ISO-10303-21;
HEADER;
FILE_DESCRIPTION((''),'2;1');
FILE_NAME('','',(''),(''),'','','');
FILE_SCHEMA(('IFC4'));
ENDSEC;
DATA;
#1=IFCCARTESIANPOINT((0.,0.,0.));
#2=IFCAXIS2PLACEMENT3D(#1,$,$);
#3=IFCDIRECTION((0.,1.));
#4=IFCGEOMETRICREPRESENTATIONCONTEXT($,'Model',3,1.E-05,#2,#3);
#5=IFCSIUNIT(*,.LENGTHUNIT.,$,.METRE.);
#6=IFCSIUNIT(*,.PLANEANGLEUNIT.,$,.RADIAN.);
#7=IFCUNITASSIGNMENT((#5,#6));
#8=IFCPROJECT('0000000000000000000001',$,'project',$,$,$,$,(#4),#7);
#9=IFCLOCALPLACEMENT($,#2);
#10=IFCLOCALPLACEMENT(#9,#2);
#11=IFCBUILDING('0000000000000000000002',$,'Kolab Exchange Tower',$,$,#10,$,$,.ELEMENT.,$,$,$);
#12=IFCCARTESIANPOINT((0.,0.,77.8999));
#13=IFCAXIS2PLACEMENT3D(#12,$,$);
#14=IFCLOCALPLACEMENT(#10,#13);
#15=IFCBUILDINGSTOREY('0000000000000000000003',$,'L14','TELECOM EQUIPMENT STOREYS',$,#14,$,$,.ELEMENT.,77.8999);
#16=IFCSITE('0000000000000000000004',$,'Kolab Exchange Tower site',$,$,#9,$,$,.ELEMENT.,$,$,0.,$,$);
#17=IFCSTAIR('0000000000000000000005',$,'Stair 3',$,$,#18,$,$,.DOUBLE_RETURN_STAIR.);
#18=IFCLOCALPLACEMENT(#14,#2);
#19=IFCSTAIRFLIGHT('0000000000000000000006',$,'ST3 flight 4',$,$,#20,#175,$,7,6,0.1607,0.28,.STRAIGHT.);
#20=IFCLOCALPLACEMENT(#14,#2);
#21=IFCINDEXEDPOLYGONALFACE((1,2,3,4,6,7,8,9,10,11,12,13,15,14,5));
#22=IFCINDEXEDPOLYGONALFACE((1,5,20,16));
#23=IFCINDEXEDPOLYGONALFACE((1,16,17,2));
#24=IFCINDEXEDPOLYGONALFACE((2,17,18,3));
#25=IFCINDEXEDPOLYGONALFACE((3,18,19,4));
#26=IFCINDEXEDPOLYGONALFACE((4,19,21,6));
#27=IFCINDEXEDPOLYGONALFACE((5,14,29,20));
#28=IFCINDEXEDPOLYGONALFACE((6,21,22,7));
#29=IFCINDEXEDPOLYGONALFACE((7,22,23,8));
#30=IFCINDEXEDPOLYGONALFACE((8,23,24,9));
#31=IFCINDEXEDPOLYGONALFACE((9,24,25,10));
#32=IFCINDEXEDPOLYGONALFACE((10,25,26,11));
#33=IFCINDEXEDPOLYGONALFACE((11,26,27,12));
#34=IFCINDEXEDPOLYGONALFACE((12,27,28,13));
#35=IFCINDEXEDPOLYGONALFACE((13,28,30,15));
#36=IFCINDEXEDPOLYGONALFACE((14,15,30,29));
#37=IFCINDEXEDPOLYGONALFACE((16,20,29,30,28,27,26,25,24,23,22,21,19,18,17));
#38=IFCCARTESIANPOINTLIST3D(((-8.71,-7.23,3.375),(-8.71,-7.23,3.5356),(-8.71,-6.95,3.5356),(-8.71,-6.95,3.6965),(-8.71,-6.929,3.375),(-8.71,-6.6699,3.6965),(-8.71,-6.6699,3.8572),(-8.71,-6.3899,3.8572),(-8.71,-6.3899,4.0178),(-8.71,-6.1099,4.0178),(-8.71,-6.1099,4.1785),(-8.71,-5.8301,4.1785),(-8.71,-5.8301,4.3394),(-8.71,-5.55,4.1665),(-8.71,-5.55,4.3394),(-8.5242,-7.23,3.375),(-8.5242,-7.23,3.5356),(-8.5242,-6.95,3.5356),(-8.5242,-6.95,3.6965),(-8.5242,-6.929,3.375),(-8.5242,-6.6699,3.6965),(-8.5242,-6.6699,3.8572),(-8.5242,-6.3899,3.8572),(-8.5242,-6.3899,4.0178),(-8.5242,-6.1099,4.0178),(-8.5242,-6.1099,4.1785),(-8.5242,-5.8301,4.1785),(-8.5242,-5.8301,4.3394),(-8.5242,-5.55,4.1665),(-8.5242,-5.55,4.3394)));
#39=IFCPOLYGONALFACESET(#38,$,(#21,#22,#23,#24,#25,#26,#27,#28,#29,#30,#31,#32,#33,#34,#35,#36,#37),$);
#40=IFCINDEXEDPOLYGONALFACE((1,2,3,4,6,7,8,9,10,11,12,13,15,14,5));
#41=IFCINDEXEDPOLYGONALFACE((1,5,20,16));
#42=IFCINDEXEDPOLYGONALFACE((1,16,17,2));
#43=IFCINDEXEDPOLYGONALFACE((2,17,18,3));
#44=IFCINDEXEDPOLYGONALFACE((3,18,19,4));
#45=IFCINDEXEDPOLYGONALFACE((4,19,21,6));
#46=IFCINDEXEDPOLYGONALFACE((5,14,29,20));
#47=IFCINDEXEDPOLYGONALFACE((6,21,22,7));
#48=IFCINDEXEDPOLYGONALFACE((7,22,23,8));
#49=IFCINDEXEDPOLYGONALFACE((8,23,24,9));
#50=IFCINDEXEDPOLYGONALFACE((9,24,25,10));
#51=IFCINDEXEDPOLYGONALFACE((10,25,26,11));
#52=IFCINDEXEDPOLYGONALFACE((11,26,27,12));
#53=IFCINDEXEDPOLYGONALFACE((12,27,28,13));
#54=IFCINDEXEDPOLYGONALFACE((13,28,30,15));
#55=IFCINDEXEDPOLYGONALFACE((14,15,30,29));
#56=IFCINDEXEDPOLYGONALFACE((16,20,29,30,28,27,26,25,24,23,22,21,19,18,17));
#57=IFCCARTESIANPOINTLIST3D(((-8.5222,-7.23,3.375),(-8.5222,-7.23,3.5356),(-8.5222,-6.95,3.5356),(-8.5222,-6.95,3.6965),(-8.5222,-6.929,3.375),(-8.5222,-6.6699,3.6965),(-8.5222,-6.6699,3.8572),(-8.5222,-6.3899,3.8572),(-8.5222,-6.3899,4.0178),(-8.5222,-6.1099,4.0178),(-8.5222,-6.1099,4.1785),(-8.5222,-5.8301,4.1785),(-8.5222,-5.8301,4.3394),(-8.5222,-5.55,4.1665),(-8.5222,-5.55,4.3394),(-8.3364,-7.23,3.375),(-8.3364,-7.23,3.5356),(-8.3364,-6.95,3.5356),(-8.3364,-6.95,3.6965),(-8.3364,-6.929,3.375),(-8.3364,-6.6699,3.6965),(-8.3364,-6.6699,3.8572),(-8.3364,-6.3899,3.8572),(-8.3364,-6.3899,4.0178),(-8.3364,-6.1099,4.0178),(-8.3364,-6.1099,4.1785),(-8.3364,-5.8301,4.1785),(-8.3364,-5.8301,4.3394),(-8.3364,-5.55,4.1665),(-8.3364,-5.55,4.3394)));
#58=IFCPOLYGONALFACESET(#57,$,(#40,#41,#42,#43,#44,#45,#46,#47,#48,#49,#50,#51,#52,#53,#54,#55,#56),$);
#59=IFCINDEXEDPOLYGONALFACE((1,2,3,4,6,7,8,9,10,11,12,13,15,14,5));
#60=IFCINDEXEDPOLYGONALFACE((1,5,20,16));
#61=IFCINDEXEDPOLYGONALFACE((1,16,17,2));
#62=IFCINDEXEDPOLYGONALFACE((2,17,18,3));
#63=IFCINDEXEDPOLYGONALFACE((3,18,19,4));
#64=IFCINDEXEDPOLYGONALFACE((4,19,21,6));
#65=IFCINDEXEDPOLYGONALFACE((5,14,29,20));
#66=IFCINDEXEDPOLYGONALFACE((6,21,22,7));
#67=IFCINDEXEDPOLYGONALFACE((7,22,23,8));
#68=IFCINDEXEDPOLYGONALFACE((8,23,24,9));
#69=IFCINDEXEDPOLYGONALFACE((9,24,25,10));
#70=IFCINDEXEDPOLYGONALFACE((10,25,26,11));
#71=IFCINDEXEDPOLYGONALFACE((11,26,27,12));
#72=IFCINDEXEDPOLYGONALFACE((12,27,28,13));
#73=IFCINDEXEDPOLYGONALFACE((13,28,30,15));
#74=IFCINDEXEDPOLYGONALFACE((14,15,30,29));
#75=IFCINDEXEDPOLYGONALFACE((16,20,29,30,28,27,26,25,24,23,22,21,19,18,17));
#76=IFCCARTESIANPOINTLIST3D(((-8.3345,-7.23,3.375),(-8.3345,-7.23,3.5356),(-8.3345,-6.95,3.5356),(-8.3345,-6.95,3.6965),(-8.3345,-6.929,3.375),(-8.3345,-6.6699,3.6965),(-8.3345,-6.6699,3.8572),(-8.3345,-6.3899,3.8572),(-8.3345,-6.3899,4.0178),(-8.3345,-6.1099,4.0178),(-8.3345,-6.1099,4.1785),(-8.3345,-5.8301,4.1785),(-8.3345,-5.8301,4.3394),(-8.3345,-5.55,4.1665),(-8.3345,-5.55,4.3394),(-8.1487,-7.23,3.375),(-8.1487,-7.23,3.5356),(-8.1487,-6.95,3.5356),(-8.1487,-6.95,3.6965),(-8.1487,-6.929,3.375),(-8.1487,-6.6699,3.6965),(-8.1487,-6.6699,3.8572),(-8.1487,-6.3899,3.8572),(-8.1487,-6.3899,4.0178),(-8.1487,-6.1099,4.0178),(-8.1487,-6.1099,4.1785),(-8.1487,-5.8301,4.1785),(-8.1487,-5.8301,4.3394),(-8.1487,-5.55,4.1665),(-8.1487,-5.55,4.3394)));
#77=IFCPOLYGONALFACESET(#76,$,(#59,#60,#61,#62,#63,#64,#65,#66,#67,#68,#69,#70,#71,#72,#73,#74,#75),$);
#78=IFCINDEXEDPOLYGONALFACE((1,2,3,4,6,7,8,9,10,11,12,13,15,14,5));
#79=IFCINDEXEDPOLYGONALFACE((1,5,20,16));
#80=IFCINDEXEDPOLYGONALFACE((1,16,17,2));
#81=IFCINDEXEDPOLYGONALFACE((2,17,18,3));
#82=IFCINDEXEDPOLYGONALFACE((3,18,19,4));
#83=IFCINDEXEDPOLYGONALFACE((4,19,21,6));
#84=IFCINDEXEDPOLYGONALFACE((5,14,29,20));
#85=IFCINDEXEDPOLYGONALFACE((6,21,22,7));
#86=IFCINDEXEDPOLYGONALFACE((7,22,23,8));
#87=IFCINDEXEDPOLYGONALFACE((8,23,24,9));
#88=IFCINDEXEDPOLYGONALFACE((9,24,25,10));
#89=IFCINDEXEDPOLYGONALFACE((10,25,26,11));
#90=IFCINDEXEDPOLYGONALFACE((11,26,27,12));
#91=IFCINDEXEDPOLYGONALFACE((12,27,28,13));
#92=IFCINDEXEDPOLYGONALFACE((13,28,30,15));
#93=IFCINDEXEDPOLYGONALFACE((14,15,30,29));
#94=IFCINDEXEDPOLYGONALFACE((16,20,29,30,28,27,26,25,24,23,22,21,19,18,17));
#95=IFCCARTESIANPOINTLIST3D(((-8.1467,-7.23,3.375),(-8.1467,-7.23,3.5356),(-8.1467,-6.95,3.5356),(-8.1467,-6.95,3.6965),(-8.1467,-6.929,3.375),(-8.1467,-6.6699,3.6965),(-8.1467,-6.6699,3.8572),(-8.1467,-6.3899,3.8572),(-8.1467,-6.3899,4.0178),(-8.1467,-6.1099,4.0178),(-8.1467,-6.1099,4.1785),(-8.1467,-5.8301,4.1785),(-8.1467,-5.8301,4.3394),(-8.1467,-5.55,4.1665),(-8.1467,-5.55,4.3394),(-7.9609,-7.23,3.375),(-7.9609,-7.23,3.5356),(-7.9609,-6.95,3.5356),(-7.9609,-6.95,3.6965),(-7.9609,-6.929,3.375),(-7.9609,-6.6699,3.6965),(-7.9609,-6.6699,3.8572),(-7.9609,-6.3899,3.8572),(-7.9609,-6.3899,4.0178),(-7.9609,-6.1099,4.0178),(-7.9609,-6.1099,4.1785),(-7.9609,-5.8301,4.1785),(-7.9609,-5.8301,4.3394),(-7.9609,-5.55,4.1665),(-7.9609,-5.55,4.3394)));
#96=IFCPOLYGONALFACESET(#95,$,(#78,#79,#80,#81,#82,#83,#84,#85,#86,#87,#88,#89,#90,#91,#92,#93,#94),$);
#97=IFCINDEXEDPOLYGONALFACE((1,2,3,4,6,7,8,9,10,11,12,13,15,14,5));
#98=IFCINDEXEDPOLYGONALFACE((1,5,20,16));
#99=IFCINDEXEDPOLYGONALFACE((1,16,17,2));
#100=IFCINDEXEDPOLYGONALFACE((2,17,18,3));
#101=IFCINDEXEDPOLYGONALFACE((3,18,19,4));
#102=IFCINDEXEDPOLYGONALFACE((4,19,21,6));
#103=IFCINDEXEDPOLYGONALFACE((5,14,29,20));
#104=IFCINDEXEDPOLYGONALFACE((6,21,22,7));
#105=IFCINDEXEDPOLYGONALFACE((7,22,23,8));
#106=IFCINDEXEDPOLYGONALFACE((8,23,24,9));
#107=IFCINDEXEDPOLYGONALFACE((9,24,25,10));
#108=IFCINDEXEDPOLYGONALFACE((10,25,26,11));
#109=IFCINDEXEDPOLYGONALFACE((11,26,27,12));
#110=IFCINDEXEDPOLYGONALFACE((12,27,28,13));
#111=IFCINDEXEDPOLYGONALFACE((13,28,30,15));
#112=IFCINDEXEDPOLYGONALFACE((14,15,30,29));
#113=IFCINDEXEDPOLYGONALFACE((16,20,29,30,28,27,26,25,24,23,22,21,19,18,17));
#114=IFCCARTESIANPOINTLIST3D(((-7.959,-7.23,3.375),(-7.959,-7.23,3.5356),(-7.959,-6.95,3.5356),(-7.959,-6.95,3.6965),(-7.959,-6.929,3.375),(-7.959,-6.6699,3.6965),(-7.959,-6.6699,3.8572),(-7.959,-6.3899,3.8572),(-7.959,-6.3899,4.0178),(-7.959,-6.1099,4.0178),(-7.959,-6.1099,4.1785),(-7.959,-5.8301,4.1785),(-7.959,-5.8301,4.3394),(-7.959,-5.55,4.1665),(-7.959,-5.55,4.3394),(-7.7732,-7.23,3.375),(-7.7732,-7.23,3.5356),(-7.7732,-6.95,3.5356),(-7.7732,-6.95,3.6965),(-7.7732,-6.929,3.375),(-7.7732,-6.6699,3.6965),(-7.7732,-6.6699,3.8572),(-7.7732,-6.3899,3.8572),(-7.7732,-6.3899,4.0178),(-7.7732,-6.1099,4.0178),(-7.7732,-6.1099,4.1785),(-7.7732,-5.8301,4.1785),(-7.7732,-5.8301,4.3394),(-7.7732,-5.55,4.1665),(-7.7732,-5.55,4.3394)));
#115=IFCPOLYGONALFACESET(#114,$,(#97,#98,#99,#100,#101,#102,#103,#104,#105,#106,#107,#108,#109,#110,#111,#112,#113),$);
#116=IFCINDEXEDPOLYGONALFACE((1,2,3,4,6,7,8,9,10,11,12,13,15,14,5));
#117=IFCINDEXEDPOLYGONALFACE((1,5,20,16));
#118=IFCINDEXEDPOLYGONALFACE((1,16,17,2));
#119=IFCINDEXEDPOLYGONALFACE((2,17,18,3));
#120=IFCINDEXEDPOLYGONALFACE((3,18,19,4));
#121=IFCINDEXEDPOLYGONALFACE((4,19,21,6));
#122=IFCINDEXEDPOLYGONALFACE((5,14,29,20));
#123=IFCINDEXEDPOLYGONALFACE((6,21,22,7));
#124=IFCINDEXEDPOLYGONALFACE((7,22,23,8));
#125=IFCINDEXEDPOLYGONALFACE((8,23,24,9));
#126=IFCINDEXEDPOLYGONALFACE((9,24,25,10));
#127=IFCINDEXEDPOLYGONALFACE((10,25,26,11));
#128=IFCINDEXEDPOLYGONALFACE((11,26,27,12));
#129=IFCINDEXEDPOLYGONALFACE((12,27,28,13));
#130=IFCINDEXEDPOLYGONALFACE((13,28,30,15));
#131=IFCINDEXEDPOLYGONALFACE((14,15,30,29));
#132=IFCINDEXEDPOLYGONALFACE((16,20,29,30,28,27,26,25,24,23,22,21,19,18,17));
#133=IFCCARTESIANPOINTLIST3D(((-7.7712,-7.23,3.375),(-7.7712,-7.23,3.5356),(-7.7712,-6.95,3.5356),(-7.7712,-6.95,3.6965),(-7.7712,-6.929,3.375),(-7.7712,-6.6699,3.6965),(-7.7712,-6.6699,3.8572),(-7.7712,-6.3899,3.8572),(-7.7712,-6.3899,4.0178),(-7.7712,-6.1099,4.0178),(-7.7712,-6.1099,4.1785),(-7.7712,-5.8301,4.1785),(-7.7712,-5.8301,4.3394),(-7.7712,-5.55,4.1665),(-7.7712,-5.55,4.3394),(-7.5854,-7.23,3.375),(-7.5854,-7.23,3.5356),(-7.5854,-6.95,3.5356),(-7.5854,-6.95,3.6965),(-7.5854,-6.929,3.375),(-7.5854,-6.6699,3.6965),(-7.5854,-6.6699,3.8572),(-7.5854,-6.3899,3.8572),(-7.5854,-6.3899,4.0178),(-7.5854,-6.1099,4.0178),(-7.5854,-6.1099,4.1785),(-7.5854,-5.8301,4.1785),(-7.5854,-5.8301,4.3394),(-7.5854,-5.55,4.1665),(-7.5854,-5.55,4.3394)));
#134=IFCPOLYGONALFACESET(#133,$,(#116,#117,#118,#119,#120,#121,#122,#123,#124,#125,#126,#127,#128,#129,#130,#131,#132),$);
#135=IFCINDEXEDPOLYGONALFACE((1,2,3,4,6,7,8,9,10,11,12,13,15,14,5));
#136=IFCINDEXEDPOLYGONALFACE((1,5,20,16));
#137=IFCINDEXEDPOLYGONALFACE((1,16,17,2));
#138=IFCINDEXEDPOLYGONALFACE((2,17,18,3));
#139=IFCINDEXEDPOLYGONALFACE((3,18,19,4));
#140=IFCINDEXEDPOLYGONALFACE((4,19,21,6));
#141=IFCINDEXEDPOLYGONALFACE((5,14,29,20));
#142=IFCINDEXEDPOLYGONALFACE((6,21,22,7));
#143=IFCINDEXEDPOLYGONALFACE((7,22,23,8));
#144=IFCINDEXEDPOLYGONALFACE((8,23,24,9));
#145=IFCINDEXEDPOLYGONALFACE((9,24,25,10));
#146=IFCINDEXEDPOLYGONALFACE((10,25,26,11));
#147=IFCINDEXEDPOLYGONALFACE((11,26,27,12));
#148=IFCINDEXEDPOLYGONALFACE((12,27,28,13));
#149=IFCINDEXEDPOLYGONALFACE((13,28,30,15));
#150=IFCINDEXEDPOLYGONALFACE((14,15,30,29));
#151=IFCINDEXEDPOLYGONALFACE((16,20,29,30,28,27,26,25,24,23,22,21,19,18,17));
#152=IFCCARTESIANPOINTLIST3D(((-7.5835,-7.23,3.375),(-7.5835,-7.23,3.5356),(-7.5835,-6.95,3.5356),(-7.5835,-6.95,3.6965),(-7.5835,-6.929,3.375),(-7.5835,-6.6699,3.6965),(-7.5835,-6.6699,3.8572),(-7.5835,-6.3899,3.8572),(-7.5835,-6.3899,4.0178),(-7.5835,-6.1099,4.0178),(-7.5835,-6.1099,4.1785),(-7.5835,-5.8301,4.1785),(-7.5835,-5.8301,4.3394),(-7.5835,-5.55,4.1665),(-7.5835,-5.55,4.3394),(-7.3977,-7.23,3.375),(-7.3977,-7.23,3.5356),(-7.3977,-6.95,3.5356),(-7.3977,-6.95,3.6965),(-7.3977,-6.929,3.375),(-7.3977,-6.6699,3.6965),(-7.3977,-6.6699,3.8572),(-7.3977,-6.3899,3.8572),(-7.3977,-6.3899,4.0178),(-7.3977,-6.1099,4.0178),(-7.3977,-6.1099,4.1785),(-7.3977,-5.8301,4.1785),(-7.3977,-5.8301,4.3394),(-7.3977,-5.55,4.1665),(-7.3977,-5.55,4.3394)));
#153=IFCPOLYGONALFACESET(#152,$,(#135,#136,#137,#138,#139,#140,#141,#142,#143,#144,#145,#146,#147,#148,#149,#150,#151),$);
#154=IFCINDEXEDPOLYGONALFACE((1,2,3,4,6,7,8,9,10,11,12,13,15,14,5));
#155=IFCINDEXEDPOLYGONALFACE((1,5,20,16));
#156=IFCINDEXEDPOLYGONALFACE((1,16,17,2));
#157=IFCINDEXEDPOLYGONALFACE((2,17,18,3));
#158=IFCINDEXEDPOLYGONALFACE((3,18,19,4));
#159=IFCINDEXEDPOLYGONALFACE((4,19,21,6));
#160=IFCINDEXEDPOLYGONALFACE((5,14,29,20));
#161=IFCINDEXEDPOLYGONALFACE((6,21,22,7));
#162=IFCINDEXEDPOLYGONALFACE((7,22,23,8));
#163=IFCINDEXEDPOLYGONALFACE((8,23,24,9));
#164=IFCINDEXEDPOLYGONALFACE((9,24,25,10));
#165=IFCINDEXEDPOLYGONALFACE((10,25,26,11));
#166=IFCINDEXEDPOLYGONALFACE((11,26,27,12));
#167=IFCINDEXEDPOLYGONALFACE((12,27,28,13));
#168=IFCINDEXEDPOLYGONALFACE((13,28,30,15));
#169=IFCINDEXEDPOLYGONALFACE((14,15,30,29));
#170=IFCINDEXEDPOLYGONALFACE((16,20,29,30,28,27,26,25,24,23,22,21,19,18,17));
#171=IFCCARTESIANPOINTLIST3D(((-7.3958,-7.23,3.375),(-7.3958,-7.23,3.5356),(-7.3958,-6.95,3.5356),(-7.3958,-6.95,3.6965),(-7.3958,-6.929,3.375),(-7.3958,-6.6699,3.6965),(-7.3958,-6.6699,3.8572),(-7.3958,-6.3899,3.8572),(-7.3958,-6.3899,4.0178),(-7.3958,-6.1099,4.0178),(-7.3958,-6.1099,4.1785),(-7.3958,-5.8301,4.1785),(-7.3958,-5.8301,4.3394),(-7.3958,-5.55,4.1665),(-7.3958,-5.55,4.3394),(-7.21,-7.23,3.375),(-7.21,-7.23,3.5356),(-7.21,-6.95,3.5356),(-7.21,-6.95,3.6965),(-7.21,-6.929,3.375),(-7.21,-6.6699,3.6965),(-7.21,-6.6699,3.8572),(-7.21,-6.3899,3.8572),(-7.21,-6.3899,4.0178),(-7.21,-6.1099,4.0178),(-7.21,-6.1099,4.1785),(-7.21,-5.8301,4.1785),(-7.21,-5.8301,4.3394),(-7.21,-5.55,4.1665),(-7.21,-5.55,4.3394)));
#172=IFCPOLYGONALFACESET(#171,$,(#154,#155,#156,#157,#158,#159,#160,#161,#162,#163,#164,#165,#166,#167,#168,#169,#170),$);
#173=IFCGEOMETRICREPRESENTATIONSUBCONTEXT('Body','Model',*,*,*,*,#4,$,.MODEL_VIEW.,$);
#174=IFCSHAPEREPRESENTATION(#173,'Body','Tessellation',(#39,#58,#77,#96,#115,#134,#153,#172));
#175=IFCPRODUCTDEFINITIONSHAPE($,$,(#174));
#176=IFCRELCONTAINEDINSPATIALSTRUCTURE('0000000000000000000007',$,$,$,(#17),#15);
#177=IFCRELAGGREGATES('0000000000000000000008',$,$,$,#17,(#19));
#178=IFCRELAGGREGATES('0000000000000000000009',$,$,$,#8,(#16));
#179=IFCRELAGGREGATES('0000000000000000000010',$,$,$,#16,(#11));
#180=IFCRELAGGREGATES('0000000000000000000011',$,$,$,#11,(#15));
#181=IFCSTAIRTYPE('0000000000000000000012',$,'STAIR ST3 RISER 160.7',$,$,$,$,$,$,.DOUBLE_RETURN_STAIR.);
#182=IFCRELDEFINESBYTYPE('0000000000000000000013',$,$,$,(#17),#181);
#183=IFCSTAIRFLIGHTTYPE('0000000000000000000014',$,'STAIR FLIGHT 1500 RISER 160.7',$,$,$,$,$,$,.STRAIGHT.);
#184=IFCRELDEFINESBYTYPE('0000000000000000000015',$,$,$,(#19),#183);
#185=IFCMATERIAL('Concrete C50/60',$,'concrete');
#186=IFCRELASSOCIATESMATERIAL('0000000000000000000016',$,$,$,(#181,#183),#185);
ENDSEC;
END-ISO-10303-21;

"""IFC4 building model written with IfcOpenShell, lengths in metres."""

from ifc_helpers import new_model, si_unit, direction, frame, origin, place, context, subcontext, project, spatial, polyline, outline, extrude, material, type_object, element, aggregate, save


model = new_model("IFC4")

# Units and contexts
model_context = context("Model", 3, precision=1e-05, world=origin(), true_north=direction((0.0, 1.0)))
body_context = subcontext(model_context, "Body", "Model", "MODEL_VIEW")
ifc_project = project(units=[si_unit("LENGTHUNIT", "METRE"), si_unit("PLANEANGLEUNIT", "RADIAN")], contexts=[model_context])

# Site, building, storey
site_placement = place(None, origin())
site = spatial("IfcSite", under=ifc_project, at=site_placement, Name="Kolab Exchange Tower site", CompositionType="ELEMENT", RefElevation=0.0)
building_placement = place(site_placement, origin())
building = spatial("IfcBuilding", under=site, at=building_placement, Name="Kolab Exchange Tower", CompositionType="ELEMENT")
storey_placement = place(building_placement, frame((0.0, 0.0, 77.8999)))
storey = spatial("IfcBuildingStorey", under=building, at=storey_placement, Name="L14", Description="TELECOM EQUIPMENT STOREYS", CompositionType="ELEMENT", Elevation=77.8999)

# Shared definitions
ifc_material_1 = material(Name="Concrete C50/60", Category="concrete")

# Stair, stair flight
stair_type = type_object("IfcStairType", Name="STAIR ST3 RISER 160.7", PredefinedType="DOUBLE_RETURN_STAIR", material=ifc_material_1)
stair_placement = place(storey_placement, origin())
stair = element("IfcStair", 1, at=stair_placement, inside=storey, type_object=stair_type, Name="Stair 3", PredefinedType="DOUBLE_RETURN_STAIR")
stair_flight_type = type_object("IfcStairFlightType", Name="STAIR FLIGHT 1500 RISER 160.7", PredefinedType="STRAIGHT", material=ifc_material_1)
stair_flight_1_placement = place(storey_placement, frame((-7.96, -7.23, 3.375), z_axis=(0.0, 0.0, 1.0), x_axis=(0.0, 1.0, 0.0)))
stair_flight_1 = element("IfcStairFlight", 2, at=stair_flight_1_placement, type_object=stair_flight_type, Name="ST3 flight 4", NumberOfRisers=7, NumberOfTreads=6, PredefinedType="STRAIGHT", RiserHeight=0.1607, TreadLength=0.28, context=body_context, shape_type="SweptSolid", body=[
    extrude(outline(polyline([(0.0, 0.0), (0.0, 0.1606), (0.28, 0.1606), (0.28, 0.3215), (0.5601, 0.3215), (0.5601, 0.4822), (0.8401, 0.4822), (0.8401, 0.6428), (1.1201, 0.6428), (1.1201, 0.8035), (1.3999, 0.8035), (1.3999, 0.9644), (1.6799, 0.9644), (1.6799, 1.125), (1.6799, 0.7915), (0.301, 0.0), (0.0, 0.0)])), frame((0.0, 0.75, 0.0), z_axis=(0.0, -1.0, 0.0), x_axis=(1.0, 0.0, 0.0)), (0.0, 0.0, 1.0), 0.1858),
    extrude(outline(polyline([(0.0, 0.0), (0.0, 0.1606), (0.28, 0.1606), (0.28, 0.3215), (0.5601, 0.3215), (0.5601, 0.4822), (0.8401, 0.4822), (0.8401, 0.6428), (1.1201, 0.6428), (1.1201, 0.8035), (1.3999, 0.8035), (1.3999, 0.9644), (1.6799, 0.9644), (1.6799, 1.125), (1.6799, 0.7915), (0.301, 0.0), (0.0, 0.0)])), frame((0.0, 0.5623, 0.0), z_axis=(0.0, -1.0, 0.0), x_axis=(1.0, 0.0, 0.0)), (0.0, 0.0, 1.0), 0.1858),
    extrude(outline(polyline([(0.0, 0.0), (0.0, 0.1606), (0.28, 0.1606), (0.28, 0.3215), (0.5601, 0.3215), (0.5601, 0.4822), (0.8401, 0.4822), (0.8401, 0.6428), (1.1201, 0.6428), (1.1201, 0.8035), (1.3999, 0.8035), (1.3999, 0.9644), (1.6799, 0.9644), (1.6799, 1.125), (1.6799, 0.7915), (0.301, 0.0), (0.0, 0.0)])), frame((0.0, 0.3745, 0.0), z_axis=(0.0, -1.0, 0.0), x_axis=(1.0, 0.0, 0.0)), (0.0, 0.0, 1.0), 0.1858),
    extrude(outline(polyline([(0.0, 0.0), (0.0, 0.1606), (0.28, 0.1606), (0.28, 0.3215), (0.5601, 0.3215), (0.5601, 0.4822), (0.8401, 0.4822), (0.8401, 0.6428), (1.1201, 0.6428), (1.1201, 0.8035), (1.3999, 0.8035), (1.3999, 0.9644), (1.6799, 0.9644), (1.6799, 1.125), (1.6799, 0.7915), (0.301, 0.0), (0.0, 0.0)])), frame((0.0, 0.1868, 0.0), z_axis=(0.0, -1.0, 0.0), x_axis=(1.0, 0.0, 0.0)), (0.0, 0.0, 1.0), 0.1858),
    extrude(outline(polyline([(0.0, 0.0), (0.0, 0.1606), (0.28, 0.1606), (0.28, 0.3215), (0.5601, 0.3215), (0.5601, 0.4822), (0.8401, 0.4822), (0.8401, 0.6428), (1.1201, 0.6428), (1.1201, 0.8035), (1.3999, 0.8035), (1.3999, 0.9644), (1.6799, 0.9644), (1.6799, 1.125), (1.6799, 0.7915), (0.301, 0.0), (0.0, 0.0)])), frame((0.0, -0.001, 0.0), z_axis=(0.0, -1.0, 0.0), x_axis=(1.0, 0.0, 0.0)), (0.0, 0.0, 1.0), 0.1858),
    extrude(outline(polyline([(0.0, 0.0), (0.0, 0.1606), (0.28, 0.1606), (0.28, 0.3215), (0.5601, 0.3215), (0.5601, 0.4822), (0.8401, 0.4822), (0.8401, 0.6428), (1.1201, 0.6428), (1.1201, 0.8035), (1.3999, 0.8035), (1.3999, 0.9644), (1.6799, 0.9644), (1.6799, 1.125), (1.6799, 0.7915), (0.301, 0.0), (0.0, 0.0)])), frame((0.0, -0.1887, 0.0), z_axis=(0.0, -1.0, 0.0), x_axis=(1.0, 0.0, 0.0)), (0.0, 0.0, 1.0), 0.1858),
    extrude(outline(polyline([(0.0, 0.0), (0.0, 0.1606), (0.28, 0.1606), (0.28, 0.3215), (0.5601, 0.3215), (0.5601, 0.4822), (0.8401, 0.4822), (0.8401, 0.6428), (1.1201, 0.6428), (1.1201, 0.8035), (1.3999, 0.8035), (1.3999, 0.9644), (1.6799, 0.9644), (1.6799, 1.125), (1.6799, 0.7915), (0.301, 0.0), (0.0, 0.0)])), frame((0.0, -0.3765, 0.0), z_axis=(0.0, -1.0, 0.0), x_axis=(1.0, 0.0, 0.0)), (0.0, 0.0, 1.0), 0.1858),
    extrude(outline(polyline([(0.0, 0.0), (0.0, 0.1606), (0.28, 0.1606), (0.28, 0.3215), (0.5601, 0.3215), (0.5601, 0.4822), (0.8401, 0.4822), (0.8401, 0.6428), (1.1201, 0.6428), (1.1201, 0.8035), (1.3999, 0.8035), (1.3999, 0.9644), (1.6799, 0.9644), (1.6799, 1.125), (1.6799, 0.7915), (0.301, 0.0), (0.0, 0.0)])), frame((0.0, -0.5642, 0.0), z_axis=(0.0, -1.0, 0.0), x_axis=(1.0, 0.0, 0.0)), (0.0, 0.0, 1.0), 0.1858),
])
aggregate(stair, [stair_flight_1])

save(model, "model.ifc")
